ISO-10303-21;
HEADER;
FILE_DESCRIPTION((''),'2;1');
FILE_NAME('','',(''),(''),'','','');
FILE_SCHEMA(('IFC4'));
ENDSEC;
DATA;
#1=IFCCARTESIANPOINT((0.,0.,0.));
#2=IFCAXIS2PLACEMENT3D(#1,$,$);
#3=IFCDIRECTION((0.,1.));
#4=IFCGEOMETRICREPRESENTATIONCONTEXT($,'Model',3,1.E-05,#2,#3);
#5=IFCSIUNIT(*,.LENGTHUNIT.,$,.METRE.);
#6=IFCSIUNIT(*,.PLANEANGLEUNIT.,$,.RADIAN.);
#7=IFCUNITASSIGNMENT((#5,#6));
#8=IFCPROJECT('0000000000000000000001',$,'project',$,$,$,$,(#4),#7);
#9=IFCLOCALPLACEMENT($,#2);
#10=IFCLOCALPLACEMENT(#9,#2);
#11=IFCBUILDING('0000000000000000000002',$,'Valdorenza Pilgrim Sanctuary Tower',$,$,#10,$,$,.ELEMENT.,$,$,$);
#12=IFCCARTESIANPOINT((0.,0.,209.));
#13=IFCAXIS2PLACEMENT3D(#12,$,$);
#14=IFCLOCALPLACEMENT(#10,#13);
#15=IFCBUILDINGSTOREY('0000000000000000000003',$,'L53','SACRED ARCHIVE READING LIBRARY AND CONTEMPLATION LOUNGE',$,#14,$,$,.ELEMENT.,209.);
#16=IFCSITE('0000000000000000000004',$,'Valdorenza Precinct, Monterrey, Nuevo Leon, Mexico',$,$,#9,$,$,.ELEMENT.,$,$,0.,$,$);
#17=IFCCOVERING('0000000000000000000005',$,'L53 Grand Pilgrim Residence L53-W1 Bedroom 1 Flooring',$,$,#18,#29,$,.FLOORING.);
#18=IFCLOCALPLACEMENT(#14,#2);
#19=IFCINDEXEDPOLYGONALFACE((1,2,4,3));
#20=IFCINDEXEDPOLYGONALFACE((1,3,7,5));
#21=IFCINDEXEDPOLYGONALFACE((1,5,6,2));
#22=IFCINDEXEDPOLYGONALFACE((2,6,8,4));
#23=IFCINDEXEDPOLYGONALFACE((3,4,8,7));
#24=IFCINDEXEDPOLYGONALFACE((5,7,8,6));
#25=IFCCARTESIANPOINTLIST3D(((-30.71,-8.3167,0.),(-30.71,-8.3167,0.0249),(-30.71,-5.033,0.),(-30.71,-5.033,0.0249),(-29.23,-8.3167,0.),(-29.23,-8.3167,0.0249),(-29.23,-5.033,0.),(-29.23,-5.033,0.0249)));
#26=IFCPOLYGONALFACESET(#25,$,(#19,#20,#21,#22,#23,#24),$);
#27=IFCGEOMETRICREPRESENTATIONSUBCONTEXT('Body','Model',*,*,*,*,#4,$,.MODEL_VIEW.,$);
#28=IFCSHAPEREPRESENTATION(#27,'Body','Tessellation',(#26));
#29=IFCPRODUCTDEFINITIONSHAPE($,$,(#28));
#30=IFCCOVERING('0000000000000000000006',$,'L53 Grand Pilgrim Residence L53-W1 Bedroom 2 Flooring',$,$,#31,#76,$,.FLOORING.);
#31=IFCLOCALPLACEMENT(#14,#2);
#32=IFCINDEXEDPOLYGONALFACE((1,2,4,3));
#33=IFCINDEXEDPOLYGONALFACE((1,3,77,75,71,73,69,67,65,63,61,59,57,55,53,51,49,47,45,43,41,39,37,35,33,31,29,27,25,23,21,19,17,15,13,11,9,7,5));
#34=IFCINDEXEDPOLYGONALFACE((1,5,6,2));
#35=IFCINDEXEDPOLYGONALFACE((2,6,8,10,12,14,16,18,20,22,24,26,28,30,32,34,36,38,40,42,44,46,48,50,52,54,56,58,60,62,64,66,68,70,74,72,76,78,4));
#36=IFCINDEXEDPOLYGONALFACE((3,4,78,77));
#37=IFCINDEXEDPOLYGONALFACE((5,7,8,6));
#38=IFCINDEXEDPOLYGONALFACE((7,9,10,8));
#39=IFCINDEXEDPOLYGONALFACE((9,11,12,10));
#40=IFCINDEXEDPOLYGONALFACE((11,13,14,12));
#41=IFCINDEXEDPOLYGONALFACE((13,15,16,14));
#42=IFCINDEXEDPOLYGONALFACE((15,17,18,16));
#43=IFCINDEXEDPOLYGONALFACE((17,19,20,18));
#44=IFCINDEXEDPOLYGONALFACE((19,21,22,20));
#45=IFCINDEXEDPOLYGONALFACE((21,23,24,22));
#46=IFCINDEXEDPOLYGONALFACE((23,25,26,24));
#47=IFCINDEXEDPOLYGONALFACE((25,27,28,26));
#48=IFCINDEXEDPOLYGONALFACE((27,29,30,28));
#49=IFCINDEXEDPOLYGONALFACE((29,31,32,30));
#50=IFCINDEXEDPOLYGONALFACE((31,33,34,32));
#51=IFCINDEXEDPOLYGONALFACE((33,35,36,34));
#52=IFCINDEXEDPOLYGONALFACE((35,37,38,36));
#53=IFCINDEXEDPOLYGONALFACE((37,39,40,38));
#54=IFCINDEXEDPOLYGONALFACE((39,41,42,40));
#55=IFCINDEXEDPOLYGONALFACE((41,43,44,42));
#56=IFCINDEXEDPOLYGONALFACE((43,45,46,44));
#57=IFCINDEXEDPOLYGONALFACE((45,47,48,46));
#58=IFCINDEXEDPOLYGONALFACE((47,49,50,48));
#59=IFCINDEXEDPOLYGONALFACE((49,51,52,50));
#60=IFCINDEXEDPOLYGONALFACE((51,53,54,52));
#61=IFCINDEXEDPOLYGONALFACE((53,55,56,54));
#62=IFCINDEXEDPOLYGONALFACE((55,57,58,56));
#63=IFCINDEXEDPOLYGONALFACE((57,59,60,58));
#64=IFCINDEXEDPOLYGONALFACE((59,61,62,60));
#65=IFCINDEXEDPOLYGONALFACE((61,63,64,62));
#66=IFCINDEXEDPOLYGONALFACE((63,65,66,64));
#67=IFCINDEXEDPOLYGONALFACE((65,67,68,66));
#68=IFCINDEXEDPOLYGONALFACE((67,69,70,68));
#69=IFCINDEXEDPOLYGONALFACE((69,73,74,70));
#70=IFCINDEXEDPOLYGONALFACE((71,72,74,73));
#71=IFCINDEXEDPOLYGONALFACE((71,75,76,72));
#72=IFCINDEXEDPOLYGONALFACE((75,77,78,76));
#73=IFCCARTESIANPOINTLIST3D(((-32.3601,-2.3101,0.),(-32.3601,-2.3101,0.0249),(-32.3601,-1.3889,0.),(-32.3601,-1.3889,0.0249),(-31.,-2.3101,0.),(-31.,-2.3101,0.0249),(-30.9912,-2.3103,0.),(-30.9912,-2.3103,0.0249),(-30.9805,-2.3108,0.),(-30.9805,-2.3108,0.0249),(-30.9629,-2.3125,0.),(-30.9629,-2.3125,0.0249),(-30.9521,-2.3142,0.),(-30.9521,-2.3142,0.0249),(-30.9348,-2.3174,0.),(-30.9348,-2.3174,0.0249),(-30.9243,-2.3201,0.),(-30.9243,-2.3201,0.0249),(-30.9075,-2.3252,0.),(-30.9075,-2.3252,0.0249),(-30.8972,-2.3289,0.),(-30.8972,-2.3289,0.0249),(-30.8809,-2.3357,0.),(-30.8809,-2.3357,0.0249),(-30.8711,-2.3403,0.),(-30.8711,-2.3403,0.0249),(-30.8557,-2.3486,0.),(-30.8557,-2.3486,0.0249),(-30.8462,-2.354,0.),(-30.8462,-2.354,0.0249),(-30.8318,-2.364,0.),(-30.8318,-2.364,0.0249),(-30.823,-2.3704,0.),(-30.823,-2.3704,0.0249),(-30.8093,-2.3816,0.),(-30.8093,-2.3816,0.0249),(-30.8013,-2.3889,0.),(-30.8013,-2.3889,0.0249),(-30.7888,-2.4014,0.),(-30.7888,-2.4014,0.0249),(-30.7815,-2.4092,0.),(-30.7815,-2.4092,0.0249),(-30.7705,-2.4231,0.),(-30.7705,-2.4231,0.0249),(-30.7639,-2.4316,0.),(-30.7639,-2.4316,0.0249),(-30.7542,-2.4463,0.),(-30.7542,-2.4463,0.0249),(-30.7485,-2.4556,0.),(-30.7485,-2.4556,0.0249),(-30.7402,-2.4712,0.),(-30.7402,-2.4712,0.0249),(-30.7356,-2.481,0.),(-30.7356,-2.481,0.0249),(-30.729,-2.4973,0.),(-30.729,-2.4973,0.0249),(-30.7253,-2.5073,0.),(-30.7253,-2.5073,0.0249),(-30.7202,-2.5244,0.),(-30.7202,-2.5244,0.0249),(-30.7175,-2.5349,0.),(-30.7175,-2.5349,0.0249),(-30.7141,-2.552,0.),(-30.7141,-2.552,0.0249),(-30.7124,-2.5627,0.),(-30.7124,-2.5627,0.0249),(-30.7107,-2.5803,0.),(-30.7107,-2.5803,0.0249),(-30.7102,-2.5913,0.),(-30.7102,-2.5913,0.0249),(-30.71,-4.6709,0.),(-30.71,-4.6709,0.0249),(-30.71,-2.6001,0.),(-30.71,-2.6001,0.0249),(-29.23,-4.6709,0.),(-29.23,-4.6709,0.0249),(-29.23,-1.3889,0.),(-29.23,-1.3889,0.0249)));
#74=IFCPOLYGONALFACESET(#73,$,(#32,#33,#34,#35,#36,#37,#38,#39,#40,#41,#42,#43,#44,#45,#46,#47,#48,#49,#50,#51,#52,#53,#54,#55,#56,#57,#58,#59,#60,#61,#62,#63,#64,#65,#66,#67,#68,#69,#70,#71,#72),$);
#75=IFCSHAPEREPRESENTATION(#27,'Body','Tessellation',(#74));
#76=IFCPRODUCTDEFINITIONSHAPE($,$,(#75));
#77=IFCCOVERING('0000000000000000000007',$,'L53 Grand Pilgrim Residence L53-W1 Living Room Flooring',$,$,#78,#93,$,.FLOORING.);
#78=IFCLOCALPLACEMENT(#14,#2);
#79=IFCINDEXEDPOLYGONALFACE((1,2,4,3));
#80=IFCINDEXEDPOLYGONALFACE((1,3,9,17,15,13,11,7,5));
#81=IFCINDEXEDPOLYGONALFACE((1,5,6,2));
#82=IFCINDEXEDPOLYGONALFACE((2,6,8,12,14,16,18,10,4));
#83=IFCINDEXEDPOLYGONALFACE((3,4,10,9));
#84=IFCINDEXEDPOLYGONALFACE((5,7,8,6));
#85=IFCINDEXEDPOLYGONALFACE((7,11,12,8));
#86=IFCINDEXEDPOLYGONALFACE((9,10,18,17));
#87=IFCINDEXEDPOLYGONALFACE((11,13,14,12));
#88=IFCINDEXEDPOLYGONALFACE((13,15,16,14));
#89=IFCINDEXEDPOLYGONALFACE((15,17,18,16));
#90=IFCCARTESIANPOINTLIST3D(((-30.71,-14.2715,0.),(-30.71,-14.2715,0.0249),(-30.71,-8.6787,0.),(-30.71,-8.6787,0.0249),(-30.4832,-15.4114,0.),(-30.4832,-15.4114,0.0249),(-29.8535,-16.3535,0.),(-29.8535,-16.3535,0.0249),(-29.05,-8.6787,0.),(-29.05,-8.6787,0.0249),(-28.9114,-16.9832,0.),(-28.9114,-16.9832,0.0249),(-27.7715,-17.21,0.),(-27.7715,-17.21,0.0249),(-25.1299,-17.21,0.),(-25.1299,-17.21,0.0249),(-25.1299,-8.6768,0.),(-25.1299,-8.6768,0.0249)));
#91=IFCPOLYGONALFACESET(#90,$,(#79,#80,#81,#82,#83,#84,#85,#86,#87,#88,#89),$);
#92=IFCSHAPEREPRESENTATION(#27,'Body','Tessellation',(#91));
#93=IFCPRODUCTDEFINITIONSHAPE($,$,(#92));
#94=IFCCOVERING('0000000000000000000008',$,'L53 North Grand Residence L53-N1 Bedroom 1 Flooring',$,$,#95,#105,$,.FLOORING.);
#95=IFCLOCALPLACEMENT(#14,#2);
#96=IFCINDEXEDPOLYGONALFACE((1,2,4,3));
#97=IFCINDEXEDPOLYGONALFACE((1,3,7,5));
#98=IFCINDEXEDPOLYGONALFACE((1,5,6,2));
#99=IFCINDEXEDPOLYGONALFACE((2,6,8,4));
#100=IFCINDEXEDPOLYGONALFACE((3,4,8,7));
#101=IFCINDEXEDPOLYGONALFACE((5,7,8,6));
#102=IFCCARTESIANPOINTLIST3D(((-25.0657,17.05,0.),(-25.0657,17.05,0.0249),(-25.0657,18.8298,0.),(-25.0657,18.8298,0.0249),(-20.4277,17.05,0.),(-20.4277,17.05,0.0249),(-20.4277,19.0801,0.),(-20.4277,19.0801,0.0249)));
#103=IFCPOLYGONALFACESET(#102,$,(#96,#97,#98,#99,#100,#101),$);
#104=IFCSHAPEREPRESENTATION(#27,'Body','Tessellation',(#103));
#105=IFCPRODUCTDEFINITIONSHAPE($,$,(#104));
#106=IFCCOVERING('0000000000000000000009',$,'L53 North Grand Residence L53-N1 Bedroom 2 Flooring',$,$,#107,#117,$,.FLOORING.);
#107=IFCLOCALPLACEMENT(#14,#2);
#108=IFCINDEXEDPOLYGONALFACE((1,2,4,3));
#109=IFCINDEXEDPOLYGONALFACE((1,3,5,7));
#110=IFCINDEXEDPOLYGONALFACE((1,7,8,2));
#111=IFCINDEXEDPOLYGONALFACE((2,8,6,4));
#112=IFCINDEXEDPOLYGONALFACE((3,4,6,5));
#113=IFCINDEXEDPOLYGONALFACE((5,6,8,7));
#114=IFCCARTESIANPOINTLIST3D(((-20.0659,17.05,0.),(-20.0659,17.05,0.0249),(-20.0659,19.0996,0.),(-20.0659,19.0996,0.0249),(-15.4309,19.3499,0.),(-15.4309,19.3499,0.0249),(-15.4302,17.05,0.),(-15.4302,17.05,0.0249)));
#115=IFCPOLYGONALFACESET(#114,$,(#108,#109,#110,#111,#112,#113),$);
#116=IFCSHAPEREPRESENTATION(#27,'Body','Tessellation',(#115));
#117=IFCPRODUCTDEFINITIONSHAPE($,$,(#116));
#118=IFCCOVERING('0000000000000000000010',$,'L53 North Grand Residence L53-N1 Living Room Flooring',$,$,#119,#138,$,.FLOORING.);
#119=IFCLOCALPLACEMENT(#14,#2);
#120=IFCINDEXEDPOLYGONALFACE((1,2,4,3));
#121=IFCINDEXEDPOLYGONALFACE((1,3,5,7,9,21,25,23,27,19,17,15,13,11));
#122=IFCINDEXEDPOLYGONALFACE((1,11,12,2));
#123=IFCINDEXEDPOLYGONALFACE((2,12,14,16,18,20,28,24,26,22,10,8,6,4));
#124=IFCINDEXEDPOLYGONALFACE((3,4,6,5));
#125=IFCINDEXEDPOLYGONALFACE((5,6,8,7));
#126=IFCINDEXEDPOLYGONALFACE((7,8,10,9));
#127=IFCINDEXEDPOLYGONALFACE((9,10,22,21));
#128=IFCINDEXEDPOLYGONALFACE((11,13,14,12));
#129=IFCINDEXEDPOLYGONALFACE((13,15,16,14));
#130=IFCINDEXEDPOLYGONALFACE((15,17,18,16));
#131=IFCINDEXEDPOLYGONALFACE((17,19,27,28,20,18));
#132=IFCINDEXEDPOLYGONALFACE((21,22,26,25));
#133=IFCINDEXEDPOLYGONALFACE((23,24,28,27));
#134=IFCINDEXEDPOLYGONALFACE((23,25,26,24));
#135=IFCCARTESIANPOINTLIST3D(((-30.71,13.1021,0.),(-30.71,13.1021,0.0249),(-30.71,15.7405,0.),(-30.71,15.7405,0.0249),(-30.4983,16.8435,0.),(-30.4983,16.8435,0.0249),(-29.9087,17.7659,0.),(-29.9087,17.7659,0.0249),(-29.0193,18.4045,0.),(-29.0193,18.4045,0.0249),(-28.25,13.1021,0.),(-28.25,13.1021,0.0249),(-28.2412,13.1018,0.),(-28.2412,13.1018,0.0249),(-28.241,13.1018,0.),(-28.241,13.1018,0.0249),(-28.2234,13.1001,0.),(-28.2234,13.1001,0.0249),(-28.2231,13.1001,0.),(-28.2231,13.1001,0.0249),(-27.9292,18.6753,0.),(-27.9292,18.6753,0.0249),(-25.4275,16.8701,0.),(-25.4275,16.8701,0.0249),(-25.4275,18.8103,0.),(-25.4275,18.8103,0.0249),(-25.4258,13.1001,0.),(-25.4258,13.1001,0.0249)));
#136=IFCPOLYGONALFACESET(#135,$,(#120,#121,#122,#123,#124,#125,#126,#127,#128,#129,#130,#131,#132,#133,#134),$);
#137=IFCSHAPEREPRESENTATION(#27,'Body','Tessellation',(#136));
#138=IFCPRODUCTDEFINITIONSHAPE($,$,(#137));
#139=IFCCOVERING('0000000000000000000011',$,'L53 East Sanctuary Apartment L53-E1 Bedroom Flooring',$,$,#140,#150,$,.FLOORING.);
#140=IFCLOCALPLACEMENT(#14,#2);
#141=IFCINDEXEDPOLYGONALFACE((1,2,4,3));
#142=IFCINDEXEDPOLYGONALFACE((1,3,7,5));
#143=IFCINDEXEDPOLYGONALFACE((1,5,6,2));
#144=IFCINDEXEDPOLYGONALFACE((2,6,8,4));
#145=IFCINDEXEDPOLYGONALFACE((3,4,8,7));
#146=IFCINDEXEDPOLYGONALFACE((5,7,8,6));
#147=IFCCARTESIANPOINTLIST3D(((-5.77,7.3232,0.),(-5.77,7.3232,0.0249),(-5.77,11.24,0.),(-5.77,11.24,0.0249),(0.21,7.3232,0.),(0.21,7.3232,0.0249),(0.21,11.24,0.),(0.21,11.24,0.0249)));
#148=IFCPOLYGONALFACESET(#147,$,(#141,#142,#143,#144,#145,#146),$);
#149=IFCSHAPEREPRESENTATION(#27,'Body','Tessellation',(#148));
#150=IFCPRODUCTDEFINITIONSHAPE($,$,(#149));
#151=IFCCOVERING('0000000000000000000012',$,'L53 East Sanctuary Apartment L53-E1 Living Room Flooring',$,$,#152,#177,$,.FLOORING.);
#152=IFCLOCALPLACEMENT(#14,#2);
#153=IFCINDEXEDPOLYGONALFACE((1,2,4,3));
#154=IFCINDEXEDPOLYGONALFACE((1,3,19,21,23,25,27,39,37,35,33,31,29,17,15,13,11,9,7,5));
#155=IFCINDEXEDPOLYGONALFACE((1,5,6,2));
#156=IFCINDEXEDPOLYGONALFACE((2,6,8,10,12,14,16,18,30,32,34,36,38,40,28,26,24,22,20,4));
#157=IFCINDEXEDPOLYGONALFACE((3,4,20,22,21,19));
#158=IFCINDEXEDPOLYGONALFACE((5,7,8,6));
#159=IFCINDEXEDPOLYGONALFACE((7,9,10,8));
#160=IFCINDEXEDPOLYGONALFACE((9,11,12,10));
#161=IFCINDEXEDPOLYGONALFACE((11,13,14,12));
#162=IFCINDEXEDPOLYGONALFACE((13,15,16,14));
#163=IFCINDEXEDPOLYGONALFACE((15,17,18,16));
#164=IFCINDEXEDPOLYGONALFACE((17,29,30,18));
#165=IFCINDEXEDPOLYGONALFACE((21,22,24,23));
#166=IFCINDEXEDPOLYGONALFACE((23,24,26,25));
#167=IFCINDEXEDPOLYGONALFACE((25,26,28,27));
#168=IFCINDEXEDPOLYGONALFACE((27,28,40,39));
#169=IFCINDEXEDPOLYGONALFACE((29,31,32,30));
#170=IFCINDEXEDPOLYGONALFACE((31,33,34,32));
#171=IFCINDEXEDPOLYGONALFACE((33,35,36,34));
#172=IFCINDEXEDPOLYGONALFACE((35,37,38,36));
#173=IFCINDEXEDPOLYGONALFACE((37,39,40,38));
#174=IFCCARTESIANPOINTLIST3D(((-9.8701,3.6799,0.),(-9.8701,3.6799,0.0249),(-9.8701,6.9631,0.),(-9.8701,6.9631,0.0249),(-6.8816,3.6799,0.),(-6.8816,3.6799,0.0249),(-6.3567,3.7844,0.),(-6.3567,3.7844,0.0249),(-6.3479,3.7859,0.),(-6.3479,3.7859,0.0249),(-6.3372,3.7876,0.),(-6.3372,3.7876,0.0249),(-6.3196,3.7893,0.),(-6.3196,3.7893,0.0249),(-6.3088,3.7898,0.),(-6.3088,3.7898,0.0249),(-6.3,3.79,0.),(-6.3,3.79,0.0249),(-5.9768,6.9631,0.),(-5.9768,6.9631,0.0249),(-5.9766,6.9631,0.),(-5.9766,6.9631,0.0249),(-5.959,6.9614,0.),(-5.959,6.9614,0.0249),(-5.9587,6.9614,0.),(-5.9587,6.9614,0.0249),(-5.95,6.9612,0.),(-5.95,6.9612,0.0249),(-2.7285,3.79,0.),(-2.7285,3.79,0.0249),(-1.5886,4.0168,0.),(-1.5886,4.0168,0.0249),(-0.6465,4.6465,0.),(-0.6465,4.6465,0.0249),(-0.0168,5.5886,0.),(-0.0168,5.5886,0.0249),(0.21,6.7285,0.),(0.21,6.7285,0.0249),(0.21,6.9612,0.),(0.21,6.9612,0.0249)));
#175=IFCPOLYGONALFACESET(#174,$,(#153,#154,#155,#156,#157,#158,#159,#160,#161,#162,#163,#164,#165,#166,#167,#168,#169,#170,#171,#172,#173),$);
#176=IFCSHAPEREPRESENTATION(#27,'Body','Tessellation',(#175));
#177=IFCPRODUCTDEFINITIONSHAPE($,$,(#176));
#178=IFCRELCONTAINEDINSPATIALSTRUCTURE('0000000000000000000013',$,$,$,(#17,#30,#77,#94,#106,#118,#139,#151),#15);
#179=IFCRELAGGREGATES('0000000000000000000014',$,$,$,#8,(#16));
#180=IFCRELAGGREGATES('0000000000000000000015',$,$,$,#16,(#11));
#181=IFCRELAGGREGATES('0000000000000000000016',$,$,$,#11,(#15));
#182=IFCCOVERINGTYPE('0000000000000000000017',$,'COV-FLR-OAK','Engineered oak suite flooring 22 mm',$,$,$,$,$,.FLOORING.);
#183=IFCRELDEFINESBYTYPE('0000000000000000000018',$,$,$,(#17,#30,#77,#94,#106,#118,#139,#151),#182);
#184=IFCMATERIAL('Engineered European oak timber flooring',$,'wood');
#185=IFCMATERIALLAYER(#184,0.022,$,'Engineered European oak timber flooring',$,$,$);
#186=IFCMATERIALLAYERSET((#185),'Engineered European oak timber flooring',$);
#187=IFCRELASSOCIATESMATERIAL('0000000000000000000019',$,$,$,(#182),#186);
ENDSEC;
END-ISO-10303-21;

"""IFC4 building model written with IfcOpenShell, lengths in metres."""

from ifc_helpers import new_model, si_unit, direction, frame, origin, place, context, subcontext, project, spatial, polyline, outline, extrude, material, layer, layer_set, type_object, element, save


model = new_model("IFC4")

# Units and contexts
model_context = context("Model", 3, precision=1e-05, world=origin(), true_north=direction((0.0, 1.0)))
body_context = subcontext(model_context, "Body", "Model", "MODEL_VIEW")
ifc_project = project(units=[si_unit("LENGTHUNIT", "METRE"), si_unit("PLANEANGLEUNIT", "RADIAN")], contexts=[model_context])

# Site, building, storey
site_placement = place(None, origin())
site = spatial("IfcSite", under=ifc_project, at=site_placement, Name="Valdorenza Precinct, Monterrey, Nuevo Leon, Mexico", CompositionType="ELEMENT", RefElevation=0.0)
building_placement = place(site_placement, origin())
building = spatial("IfcBuilding", under=site, at=building_placement, Name="Valdorenza Pilgrim Sanctuary Tower", CompositionType="ELEMENT")
storey_placement = place(building_placement, frame((0.0, 0.0, 209.0)))
storey = spatial("IfcBuildingStorey", under=building, at=storey_placement, Name="L53", Description="SACRED ARCHIVE READING LIBRARY AND CONTEMPLATION LOUNGE", CompositionType="ELEMENT", Elevation=209.0)

# Coverings
ifc_material_1 = material(Name="Engineered European oak timber flooring", Category="wood")
ifc_layer_1 = layer(ifc_material_1, 0.022, Name="Engineered European oak timber flooring")
ifc_layer_set_1 = layer_set([ifc_layer_1], Name="Engineered European oak timber flooring")
covering_type_1 = type_object("IfcCoveringType", Name="COV-FLR-OAK", Description="Engineered oak suite flooring 22 mm", PredefinedType="FLOORING", material=ifc_layer_set_1)
covering_1_placement = place(storey_placement, origin())
element("IfcCovering", 1, at=covering_1_placement, inside=storey, type_object=covering_type_1, Name="L53 Grand Pilgrim Residence L53-W1 Bedroom 1 Flooring", PredefinedType="FLOORING", context=body_context, shape_type="SweptSolid", body=[
    extrude(outline(polyline([(-29.23, -8.3167), (-30.71, -8.3167), (-30.71, -5.033), (-29.23, -5.033), (-29.23, -8.3167)])), origin(), (0.0, 0.0, 1.0), 0.0249),
])
covering_2_placement = place(storey_placement, origin())
element("IfcCovering", 2, at=covering_2_placement, inside=storey, type_object=covering_type_1, Name="L53 Grand Pilgrim Residence L53-W1 Bedroom 2 Flooring", PredefinedType="FLOORING", context=body_context, shape_type="SweptSolid", body=[
    extrude(outline(polyline([(-29.23, -4.6709), (-30.71, -4.6709), (-30.71, -2.6001), (-30.7102, -2.5913), (-30.7107, -2.5803), (-30.7124, -2.5627), (-30.7141, -2.552), (-30.7175, -2.5349), (-30.7202, -2.5244), (-30.7253, -2.5073), (-30.729, -2.4973), (-30.7356, -2.481), (-30.7402, -2.4712), (-30.7485, -2.4556), (-30.7542, -2.4463), (-30.7639, -2.4316), (-30.7705, -2.4231), (-30.7815, -2.4092), (-30.7888, -2.4014), (-30.8013, -2.3889), (-30.8093, -2.3816), (-30.823, -2.3704), (-30.8318, -2.364), (-30.8462, -2.354), (-30.8557, -2.3486), (-30.8711, -2.3403), (-30.8809, -2.3357), (-30.8972, -2.3289), (-30.9075, -2.3252), (-30.9243, -2.3201), (-30.9348, -2.3174), (-30.9521, -2.3142), (-30.9629, -2.3125), (-30.9805, -2.3108), (-30.9912, -2.3103), (-31.0, -2.3101), (-32.3601, -2.3101), (-32.3601, -1.3889), (-29.23, -1.3889), (-29.23, -4.6709)])), origin(), (0.0, 0.0, 1.0), 0.0249),
])
covering_3_placement = place(storey_placement, origin())
element("IfcCovering", 3, at=covering_3_placement, inside=storey, type_object=covering_type_1, Name="L53 Grand Pilgrim Residence L53-W1 Living Room Flooring", PredefinedType="FLOORING", context=body_context, shape_type="SweptSolid", body=[
    extrude(outline(polyline([(-28.9114, -16.9832), (-29.8535, -16.3535), (-30.4832, -15.4114), (-30.71, -14.2715), (-30.71, -8.6787), (-29.05, -8.6787), (-25.1299, -8.6768), (-25.1299, -17.21), (-27.7715, -17.21), (-28.9114, -16.9832)])), origin(), (0.0, 0.0, 1.0), 0.0249),
])
covering_4_placement = place(storey_placement, origin())
element("IfcCovering", 4, at=covering_4_placement, inside=storey, type_object=covering_type_1, Name="L53 North Grand Residence L53-N1 Bedroom 1 Flooring", PredefinedType="FLOORING", context=body_context, shape_type="SweptSolid", body=[
    extrude(outline(polyline([(-25.0657, 17.05), (-25.0657, 18.8298), (-20.4277, 19.0801), (-20.4277, 17.05), (-25.0657, 17.05)])), origin(), (0.0, 0.0, 1.0), 0.0249),
])
covering_5_placement = place(storey_placement, origin())
element("IfcCovering", 5, at=covering_5_placement, inside=storey, type_object=covering_type_1, Name="L53 North Grand Residence L53-N1 Bedroom 2 Flooring", PredefinedType="FLOORING", context=body_context, shape_type="SweptSolid", body=[
    extrude(outline(polyline([(-15.4302, 17.05), (-20.0659, 17.05), (-20.0659, 19.0996), (-15.4309, 19.3499), (-15.4302, 17.05)])), origin(), (0.0, 0.0, 1.0), 0.0249),
])
covering_6_placement = place(storey_placement, origin())
element("IfcCovering", 6, at=covering_6_placement, inside=storey, type_object=covering_type_1, Name="L53 North Grand Residence L53-N1 Living Room Flooring", PredefinedType="FLOORING", context=body_context, shape_type="SweptSolid", body=[
    extrude(outline(polyline([(-28.2231, 13.1001), (-28.2231, 13.1001), (-28.2234, 13.1001), (-28.241, 13.1018), (-28.2412, 13.1018), (-28.25, 13.1021), (-30.71, 13.1021), (-30.71, 15.7405), (-30.4983, 16.8435), (-29.9087, 17.7659), (-29.0193, 18.4045), (-27.9292, 18.6753), (-25.4275, 18.8103), (-25.4275, 16.8701), (-25.4258, 13.1001), (-28.2231, 13.1001)])), origin(), (0.0, 0.0, 1.0), 0.0249),
])
covering_7_placement = place(storey_placement, origin())
element("IfcCovering", 7, at=covering_7_placement, inside=storey, type_object=covering_type_1, Name="L53 East Sanctuary Apartment L53-E1 Bedroom Flooring", PredefinedType="FLOORING", context=body_context, shape_type="SweptSolid", body=[
    extrude(outline(polyline([(-5.77, 11.24), (0.21, 11.24), (0.21, 7.3232), (-5.77, 7.3232), (-5.77, 11.24)])), origin(), (0.0, 0.0, 1.0), 0.0249),
])
covering_8_placement = place(storey_placement, origin())
element("IfcCovering", 8, at=covering_8_placement, inside=storey, type_object=covering_type_1, Name="L53 East Sanctuary Apartment L53-E1 Living Room Flooring", PredefinedType="FLOORING", context=body_context, shape_type="SweptSolid", body=[
    extrude(outline(polyline([(-9.8701, 6.9631), (-5.9768, 6.9631), (-5.9768, 6.9631), (-5.9766, 6.9631), (-5.959, 6.9614), (-5.9587, 6.9614), (-5.95, 6.9612), (0.21, 6.9612), (0.21, 6.7285), (-0.0168, 5.5886), (-0.6465, 4.6465), (-1.5886, 4.0168), (-2.7285, 3.79), (-6.3, 3.79), (-6.3088, 3.7898), (-6.3196, 3.7893), (-6.3372, 3.7876), (-6.3479, 3.7859), (-6.3567, 3.7844), (-6.8816, 3.6799), (-9.8701, 3.6799), (-9.8701, 6.9631)])), origin(), (0.0, 0.0, 1.0), 0.0249),
])

save(model, "model.ifc")
